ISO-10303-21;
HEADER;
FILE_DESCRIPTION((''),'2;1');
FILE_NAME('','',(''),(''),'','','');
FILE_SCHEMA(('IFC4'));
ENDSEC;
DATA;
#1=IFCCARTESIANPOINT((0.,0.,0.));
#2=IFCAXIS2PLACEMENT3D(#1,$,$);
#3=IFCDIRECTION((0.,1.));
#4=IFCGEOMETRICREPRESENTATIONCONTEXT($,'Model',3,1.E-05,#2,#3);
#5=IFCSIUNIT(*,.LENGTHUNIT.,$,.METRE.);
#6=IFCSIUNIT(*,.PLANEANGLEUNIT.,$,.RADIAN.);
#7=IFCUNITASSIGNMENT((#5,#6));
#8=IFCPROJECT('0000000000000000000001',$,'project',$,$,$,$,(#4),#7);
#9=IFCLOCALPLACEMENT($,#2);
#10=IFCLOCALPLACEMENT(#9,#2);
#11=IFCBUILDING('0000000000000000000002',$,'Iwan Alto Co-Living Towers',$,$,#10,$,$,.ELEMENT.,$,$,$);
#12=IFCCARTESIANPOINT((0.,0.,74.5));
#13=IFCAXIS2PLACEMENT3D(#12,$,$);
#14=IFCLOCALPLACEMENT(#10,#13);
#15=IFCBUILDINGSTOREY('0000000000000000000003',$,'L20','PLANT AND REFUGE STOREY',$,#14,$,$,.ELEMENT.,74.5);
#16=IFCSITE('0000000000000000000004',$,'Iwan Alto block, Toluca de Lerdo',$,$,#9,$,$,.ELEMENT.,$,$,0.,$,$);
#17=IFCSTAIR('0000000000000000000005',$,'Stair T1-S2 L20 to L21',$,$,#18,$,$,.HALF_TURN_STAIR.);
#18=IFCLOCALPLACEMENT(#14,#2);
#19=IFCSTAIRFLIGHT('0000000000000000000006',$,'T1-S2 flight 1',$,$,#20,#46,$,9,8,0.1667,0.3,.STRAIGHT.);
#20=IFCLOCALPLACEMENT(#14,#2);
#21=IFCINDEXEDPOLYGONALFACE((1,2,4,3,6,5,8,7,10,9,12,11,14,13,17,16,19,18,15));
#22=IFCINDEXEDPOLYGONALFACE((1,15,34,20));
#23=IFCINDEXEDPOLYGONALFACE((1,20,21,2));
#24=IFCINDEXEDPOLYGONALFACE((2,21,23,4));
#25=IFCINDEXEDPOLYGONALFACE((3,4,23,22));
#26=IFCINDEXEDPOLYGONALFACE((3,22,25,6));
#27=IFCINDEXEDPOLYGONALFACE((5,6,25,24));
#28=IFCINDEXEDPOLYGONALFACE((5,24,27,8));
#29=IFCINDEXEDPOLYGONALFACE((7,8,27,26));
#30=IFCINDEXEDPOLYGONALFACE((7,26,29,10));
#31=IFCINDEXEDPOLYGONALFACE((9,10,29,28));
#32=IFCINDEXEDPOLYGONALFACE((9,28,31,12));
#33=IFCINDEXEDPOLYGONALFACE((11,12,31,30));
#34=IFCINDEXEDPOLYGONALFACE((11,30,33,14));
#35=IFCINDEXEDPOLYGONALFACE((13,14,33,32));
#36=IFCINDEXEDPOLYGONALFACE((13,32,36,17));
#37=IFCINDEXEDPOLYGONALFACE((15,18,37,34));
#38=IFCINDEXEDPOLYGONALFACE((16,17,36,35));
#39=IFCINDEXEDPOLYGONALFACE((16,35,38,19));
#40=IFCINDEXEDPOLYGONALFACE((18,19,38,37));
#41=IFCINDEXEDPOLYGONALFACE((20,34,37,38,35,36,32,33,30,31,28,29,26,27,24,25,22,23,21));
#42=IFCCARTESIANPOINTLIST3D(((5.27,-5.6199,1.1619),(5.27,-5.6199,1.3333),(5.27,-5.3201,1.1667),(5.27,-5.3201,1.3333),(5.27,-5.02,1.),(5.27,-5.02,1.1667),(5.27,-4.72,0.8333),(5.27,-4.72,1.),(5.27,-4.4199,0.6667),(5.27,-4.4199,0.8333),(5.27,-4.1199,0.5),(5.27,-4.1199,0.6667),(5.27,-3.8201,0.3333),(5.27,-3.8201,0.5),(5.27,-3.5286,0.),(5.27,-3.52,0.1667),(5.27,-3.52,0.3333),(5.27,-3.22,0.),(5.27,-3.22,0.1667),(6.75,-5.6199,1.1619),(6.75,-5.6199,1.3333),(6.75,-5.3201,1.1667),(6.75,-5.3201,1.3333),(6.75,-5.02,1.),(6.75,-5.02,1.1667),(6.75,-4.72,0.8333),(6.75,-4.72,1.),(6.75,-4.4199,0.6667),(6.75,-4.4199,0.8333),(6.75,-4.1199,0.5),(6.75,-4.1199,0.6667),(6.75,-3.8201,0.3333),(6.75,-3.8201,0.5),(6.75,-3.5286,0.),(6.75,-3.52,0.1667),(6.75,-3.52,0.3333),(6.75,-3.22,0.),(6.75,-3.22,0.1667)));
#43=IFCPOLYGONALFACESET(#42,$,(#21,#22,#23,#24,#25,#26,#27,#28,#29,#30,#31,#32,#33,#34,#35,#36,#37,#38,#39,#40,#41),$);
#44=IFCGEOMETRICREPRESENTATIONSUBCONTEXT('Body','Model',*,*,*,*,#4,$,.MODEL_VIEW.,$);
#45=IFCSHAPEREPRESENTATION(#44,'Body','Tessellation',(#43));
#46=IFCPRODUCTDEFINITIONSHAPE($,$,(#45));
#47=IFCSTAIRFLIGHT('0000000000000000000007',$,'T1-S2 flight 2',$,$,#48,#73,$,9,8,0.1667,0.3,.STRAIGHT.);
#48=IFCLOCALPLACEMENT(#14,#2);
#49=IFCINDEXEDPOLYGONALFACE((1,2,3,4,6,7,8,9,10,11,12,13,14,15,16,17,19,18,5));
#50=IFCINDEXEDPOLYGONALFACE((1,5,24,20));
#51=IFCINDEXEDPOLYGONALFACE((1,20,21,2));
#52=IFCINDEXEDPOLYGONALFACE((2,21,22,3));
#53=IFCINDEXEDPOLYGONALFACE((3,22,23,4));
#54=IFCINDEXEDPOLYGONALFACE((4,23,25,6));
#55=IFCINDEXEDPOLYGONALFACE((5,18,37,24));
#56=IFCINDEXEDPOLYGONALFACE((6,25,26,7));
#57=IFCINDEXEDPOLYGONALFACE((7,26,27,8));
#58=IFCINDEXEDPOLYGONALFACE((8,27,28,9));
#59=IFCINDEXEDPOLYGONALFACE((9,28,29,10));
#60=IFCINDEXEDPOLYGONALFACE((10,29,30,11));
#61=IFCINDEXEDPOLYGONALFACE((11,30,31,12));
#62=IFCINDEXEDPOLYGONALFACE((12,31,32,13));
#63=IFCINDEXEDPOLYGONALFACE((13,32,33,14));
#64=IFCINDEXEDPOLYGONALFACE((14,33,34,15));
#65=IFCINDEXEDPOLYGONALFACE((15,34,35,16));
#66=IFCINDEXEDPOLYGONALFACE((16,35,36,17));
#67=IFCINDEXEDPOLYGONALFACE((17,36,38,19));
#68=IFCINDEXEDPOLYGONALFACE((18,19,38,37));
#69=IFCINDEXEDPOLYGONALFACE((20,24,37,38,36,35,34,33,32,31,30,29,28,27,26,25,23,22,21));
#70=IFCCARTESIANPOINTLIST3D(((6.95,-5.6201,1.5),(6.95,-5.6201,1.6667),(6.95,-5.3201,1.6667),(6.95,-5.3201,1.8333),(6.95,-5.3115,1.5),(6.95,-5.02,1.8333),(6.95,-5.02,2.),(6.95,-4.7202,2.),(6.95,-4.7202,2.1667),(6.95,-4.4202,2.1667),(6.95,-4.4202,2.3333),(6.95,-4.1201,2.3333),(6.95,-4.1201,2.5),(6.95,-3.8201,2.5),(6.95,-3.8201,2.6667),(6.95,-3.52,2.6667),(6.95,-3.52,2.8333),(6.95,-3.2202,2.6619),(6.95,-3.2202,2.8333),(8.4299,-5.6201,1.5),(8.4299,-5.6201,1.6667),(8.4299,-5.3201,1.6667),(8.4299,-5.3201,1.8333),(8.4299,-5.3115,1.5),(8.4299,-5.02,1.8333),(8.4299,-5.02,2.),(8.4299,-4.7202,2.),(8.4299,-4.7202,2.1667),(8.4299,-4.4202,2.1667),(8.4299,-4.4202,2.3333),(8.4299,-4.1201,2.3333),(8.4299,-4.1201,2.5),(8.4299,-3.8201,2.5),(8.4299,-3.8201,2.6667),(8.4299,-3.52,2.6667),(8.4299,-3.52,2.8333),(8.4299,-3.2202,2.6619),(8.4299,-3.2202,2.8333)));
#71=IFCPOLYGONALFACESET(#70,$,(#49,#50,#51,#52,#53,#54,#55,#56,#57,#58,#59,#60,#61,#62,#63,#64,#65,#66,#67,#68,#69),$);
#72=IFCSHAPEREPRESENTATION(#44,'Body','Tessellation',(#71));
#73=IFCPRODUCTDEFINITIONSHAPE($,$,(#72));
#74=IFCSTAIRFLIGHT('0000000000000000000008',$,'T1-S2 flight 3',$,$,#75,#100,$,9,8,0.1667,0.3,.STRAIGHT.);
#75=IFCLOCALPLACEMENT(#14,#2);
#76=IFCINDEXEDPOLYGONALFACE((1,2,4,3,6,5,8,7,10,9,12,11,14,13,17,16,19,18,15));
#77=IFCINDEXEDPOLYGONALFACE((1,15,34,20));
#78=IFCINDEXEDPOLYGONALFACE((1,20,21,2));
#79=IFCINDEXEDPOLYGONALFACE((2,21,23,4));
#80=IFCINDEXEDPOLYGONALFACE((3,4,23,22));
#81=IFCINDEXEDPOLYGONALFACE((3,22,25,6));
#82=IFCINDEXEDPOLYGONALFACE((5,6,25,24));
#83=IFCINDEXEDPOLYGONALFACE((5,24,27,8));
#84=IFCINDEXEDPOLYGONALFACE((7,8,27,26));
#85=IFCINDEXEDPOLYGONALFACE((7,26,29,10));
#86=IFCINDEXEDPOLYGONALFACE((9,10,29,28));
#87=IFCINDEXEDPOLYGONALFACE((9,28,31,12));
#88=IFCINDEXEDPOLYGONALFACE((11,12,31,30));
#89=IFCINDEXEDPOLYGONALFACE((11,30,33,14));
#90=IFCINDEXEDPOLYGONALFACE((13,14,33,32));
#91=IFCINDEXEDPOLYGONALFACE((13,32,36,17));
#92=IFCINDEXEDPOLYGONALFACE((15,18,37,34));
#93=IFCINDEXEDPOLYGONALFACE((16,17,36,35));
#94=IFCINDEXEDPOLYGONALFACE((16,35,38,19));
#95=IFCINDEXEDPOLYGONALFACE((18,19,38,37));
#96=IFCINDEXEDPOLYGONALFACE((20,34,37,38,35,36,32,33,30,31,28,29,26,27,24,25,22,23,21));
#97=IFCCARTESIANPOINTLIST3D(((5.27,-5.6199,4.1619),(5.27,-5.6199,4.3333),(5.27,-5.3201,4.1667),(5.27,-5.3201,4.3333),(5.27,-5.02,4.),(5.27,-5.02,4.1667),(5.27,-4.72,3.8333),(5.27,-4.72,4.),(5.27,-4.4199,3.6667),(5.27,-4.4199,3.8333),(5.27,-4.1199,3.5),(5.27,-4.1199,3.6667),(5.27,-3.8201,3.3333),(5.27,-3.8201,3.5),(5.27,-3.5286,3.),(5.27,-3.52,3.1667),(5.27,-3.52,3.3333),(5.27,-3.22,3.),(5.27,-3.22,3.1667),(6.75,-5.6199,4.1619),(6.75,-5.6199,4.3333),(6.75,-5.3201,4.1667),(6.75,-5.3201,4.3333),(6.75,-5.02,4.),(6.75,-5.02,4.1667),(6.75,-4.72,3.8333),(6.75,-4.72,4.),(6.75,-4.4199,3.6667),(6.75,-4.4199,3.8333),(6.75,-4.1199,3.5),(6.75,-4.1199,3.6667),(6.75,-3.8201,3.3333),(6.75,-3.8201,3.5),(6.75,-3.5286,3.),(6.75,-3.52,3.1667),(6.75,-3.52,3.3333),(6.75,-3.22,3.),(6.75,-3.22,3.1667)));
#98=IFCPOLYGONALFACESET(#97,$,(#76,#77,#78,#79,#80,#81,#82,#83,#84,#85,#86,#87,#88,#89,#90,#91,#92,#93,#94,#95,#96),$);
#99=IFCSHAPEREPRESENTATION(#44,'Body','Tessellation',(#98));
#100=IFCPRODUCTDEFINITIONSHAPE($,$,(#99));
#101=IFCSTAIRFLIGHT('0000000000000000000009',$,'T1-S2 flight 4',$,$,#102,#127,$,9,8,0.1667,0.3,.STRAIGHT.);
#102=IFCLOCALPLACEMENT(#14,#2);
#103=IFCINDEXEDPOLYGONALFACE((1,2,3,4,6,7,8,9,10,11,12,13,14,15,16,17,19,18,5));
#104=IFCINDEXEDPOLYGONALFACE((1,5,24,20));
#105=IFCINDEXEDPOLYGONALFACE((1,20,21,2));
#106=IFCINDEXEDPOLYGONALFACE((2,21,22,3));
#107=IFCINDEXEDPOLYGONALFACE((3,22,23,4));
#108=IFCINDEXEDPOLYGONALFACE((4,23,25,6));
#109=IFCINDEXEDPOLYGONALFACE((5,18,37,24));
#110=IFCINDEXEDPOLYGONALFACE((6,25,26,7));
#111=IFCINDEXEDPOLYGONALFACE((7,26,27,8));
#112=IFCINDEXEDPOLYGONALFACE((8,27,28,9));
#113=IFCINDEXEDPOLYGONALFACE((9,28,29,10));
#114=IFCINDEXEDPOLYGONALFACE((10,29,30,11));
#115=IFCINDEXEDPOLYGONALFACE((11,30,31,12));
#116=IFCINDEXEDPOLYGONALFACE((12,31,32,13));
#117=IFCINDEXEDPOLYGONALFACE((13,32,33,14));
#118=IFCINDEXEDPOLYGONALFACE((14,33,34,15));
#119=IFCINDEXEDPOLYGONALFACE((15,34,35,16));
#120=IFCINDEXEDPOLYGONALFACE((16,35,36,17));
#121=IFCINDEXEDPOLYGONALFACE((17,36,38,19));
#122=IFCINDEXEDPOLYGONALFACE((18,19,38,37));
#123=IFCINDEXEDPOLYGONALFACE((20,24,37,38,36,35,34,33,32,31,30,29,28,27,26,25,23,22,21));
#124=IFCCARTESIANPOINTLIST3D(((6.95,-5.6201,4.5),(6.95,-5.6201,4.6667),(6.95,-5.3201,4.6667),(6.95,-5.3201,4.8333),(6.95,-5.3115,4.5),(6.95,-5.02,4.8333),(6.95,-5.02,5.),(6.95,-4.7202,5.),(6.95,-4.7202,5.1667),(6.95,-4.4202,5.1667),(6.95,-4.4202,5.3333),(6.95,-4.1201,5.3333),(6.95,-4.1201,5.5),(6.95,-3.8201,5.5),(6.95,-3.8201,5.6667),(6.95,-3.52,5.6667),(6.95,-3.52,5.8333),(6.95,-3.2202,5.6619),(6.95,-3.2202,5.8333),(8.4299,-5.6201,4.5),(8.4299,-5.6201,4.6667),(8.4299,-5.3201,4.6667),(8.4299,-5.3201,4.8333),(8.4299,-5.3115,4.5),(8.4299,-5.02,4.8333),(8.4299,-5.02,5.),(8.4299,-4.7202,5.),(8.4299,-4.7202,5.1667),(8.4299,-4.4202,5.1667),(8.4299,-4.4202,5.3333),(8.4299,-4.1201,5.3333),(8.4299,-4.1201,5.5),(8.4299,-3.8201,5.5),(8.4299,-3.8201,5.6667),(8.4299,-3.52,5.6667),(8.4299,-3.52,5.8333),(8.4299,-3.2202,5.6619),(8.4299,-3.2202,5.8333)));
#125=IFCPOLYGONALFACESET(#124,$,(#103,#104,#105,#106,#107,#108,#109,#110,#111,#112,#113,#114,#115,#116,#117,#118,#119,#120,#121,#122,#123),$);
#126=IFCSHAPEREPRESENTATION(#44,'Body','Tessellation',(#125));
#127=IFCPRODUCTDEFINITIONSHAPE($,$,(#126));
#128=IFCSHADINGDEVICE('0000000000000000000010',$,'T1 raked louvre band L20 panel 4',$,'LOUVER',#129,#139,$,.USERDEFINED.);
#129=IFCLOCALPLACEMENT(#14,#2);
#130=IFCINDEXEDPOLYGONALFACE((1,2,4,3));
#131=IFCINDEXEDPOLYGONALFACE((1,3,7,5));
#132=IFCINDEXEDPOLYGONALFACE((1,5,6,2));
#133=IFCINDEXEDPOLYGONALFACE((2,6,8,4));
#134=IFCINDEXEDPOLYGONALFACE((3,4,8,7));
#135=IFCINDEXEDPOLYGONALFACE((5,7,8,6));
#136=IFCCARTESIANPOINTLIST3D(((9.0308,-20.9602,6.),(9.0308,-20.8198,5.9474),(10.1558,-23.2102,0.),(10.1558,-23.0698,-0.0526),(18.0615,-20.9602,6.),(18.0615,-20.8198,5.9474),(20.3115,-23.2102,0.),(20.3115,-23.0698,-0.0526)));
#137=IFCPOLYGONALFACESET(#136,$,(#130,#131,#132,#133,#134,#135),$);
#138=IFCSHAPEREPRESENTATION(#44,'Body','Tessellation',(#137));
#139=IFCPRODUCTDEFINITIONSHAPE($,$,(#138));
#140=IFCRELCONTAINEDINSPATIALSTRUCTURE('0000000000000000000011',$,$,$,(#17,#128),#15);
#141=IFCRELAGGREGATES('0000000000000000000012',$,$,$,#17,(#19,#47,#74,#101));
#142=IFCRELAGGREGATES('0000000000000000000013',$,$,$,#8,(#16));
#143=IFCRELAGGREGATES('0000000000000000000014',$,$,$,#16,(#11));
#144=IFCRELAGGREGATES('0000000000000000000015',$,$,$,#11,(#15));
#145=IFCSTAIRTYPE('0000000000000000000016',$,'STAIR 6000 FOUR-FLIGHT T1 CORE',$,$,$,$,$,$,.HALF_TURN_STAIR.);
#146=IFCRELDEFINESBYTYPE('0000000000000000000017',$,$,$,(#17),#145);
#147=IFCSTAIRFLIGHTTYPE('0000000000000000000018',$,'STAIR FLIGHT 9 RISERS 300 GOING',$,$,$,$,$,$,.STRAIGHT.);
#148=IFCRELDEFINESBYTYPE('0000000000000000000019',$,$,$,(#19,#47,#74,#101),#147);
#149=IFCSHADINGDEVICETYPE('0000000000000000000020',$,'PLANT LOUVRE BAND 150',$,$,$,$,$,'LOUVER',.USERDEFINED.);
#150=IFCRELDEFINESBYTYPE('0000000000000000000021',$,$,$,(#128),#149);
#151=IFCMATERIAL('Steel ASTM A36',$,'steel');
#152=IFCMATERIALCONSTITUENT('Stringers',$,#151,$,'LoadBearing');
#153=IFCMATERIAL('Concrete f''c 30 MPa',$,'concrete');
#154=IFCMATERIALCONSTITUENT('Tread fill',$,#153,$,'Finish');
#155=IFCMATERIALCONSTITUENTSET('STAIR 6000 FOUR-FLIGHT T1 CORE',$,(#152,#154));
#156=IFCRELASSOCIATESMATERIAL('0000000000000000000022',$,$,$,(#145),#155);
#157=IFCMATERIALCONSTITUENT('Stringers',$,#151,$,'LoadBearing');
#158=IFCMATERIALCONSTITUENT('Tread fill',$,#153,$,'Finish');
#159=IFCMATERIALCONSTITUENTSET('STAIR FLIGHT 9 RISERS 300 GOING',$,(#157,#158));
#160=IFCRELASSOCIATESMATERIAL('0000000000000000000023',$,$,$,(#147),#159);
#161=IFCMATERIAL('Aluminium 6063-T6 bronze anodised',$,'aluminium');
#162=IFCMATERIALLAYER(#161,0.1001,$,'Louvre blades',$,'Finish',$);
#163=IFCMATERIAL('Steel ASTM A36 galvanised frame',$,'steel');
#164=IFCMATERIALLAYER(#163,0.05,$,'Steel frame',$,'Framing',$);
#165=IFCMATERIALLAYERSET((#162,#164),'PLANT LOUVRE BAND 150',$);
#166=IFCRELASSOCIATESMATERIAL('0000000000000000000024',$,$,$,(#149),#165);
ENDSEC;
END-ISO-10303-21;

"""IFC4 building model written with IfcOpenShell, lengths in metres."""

from ifc_helpers import new_model, si_unit, direction, frame, origin, place, context, subcontext, project, spatial, polyline, outline, extrude, material, layer, layer_set, constituent, constituent_set, type_object, element, aggregate, save


model = new_model("IFC4")

# Units and contexts
model_context = context("Model", 3, precision=1e-05, world=origin(), true_north=direction((0.0, 1.0)))
body_context = subcontext(model_context, "Body", "Model", "MODEL_VIEW")
ifc_project = project(units=[si_unit("LENGTHUNIT", "METRE"), si_unit("PLANEANGLEUNIT", "RADIAN")], contexts=[model_context])

# Site, building, storey
site_placement = place(None, origin())
site = spatial("IfcSite", under=ifc_project, at=site_placement, Name="Iwan Alto block, Toluca de Lerdo", CompositionType="ELEMENT", RefElevation=0.0)
building_placement = place(site_placement, origin())
building = spatial("IfcBuilding", under=site, at=building_placement, Name="Iwan Alto Co-Living Towers", CompositionType="ELEMENT")
storey_placement = place(building_placement, frame((0.0, 0.0, 74.5)))
storey = spatial("IfcBuildingStorey", under=building, at=storey_placement, Name="L20", Description="PLANT AND REFUGE STOREY", CompositionType="ELEMENT", Elevation=74.5)

# Shared definitions
ifc_material_1 = material(Name="Steel ASTM A36", Category="steel")
ifc_material_2 = material(Name="Concrete f'c 30 MPa", Category="concrete")

# Stair, stair flights
ifc_constituent_1 = constituent(ifc_material_1, Name="Stringers", Category="LoadBearing")
ifc_constituent_2 = constituent(ifc_material_2, Name="Tread fill", Category="Finish")
ifc_constituent_set_1 = constituent_set(constituents=[ifc_constituent_1, ifc_constituent_2], Name="STAIR 6000 FOUR-FLIGHT T1 CORE")
stair_type_1 = type_object("IfcStairType", Name="STAIR 6000 FOUR-FLIGHT T1 CORE", PredefinedType="HALF_TURN_STAIR", material=ifc_constituent_set_1)
stair_1_placement = place(storey_placement, origin())
stair_1 = element("IfcStair", 1, at=stair_1_placement, inside=storey, type_object=stair_type_1, Name="Stair T1-S2 L20 to L21", PredefinedType="HALF_TURN_STAIR")
ifc_constituent_3 = constituent(ifc_material_1, Name="Stringers", Category="LoadBearing")
ifc_constituent_4 = constituent(ifc_material_2, Name="Tread fill", Category="Finish")
ifc_constituent_set_2 = constituent_set(constituents=[ifc_constituent_3, ifc_constituent_4], Name="STAIR FLIGHT 9 RISERS 300 GOING")
stair_flight_type = type_object("IfcStairFlightType", Name="STAIR FLIGHT 9 RISERS 300 GOING", PredefinedType="STRAIGHT", material=ifc_constituent_set_2)
stair_flight_1_placement = place(storey_placement, frame((6.01, -3.22, 0.0), z_axis=(0.0, 0.0, 1.0), x_axis=(0.0, -1.0, 0.0)))
stair_flight_1 = element("IfcStairFlight", 2, at=stair_flight_1_placement, type_object=stair_flight_type, Name="T1-S2 flight 1", NumberOfRisers=9, NumberOfTreads=8, PredefinedType="STRAIGHT", RiserHeight=0.1667, TreadLength=0.3, context=body_context, shape_type="SweptSolid", body=[
    extrude(outline(polyline([(0.0, 0.0), (0.0, 0.1667), (0.3, 0.1667), (0.3, 0.3333), (0.6001, 0.3333), (0.6001, 0.5), (0.8999, 0.5), (0.8999, 0.6667), (1.2, 0.6667), (1.2, 0.8333), (1.5, 0.8333), (1.5, 1.0), (1.8, 1.0), (1.8, 1.1667), (2.1001, 1.1667), (2.1001, 1.3333), (2.3999, 1.3333), (2.3999, 1.5), (2.3999, 1.1619), (0.3086, 0.0), (0.0, 0.0)])), frame((0.0, 0.74, 0.0), z_axis=(0.0, -1.0, 0.0), x_axis=(1.0, 0.0, 0.0)), (0.0, 0.0, 1.0), 1.48),
])
stair_flight_2_placement = place(storey_placement, frame((7.6899, -5.6201, 1.5), z_axis=(0.0, 0.0, 1.0), x_axis=(0.0, 1.0, 0.0)))
stair_flight_2 = element("IfcStairFlight", 3, at=stair_flight_2_placement, type_object=stair_flight_type, Name="T1-S2 flight 2", NumberOfRisers=9, NumberOfTreads=8, PredefinedType="STRAIGHT", RiserHeight=0.1667, TreadLength=0.3, context=body_context, shape_type="SweptSolid", body=[
    extrude(outline(polyline([(0.0, 0.0), (0.0, 0.1667), (0.3, 0.1667), (0.3, 0.3333), (0.6001, 0.3333), (0.6001, 0.5), (0.8999, 0.5), (0.8999, 0.6667), (1.2, 0.6667), (1.2, 0.8333), (1.5, 0.8333), (1.5, 1.0), (1.8, 1.0), (1.8, 1.1667), (2.1001, 1.1667), (2.1001, 1.3333), (2.3999, 1.3333), (2.3999, 1.5), (2.3999, 1.1619), (0.3086, 0.0), (0.0, 0.0)])), frame((0.0, 0.74, 0.0), z_axis=(0.0, -1.0, 0.0), x_axis=(1.0, 0.0, 0.0)), (0.0, 0.0, 1.0), 1.48),
])
stair_flight_3_placement = place(storey_placement, frame((6.01, -3.22, 3.0), z_axis=(0.0, 0.0, 1.0), x_axis=(0.0, -1.0, 0.0)))
stair_flight_3 = element("IfcStairFlight", 4, at=stair_flight_3_placement, type_object=stair_flight_type, Name="T1-S2 flight 3", NumberOfRisers=9, NumberOfTreads=8, PredefinedType="STRAIGHT", RiserHeight=0.1667, TreadLength=0.3, context=body_context, shape_type="SweptSolid", body=[
    extrude(outline(polyline([(0.0, 0.0), (0.0, 0.1667), (0.3, 0.1667), (0.3, 0.3333), (0.6001, 0.3333), (0.6001, 0.5), (0.8999, 0.5), (0.8999, 0.6667), (1.2, 0.6667), (1.2, 0.8333), (1.5, 0.8333), (1.5, 1.0), (1.8, 1.0), (1.8, 1.1667), (2.1001, 1.1667), (2.1001, 1.3333), (2.3999, 1.3333), (2.3999, 1.5), (2.3999, 1.1619), (0.3086, 0.0), (0.0, 0.0)])), frame((0.0, 0.74, 0.0), z_axis=(0.0, -1.0, 0.0), x_axis=(1.0, 0.0, 0.0)), (0.0, 0.0, 1.0), 1.48),
])
stair_flight_4_placement = place(storey_placement, frame((7.6899, -5.6201, 4.5), z_axis=(0.0, 0.0, 1.0), x_axis=(0.0, 1.0, 0.0)))
stair_flight_4 = element("IfcStairFlight", 5, at=stair_flight_4_placement, type_object=stair_flight_type, Name="T1-S2 flight 4", NumberOfRisers=9, NumberOfTreads=8, PredefinedType="STRAIGHT", RiserHeight=0.1667, TreadLength=0.3, context=body_context, shape_type="SweptSolid", body=[
    extrude(outline(polyline([(0.0, 0.0), (0.0, 0.1667), (0.3, 0.1667), (0.3, 0.3333), (0.6001, 0.3333), (0.6001, 0.5), (0.8999, 0.5), (0.8999, 0.6667), (1.2, 0.6667), (1.2, 0.8333), (1.5, 0.8333), (1.5, 1.0), (1.8, 1.0), (1.8, 1.1667), (2.1001, 1.1667), (2.1001, 1.3333), (2.3999, 1.3333), (2.3999, 1.5), (2.3999, 1.1619), (0.3086, 0.0), (0.0, 0.0)])), frame((0.0, 0.74, 0.0), z_axis=(0.0, -1.0, 0.0), x_axis=(1.0, 0.0, 0.0)), (0.0, 0.0, 1.0), 1.48),
])
aggregate(stair_1, [stair_flight_1, stair_flight_2, stair_flight_3, stair_flight_4])

# Shading device
ifc_material_3 = material(Name="Aluminium 6063-T6 bronze anodised", Category="aluminium")
ifc_layer_1 = layer(ifc_material_3, 0.1001, Name="Louvre blades", Category="Finish")
ifc_material_4 = material(Name="Steel ASTM A36 galvanised frame", Category="steel")
ifc_layer_2 = layer(ifc_material_4, 0.05, Name="Steel frame", Category="Framing")
ifc_layer_set_1 = layer_set([ifc_layer_1, ifc_layer_2], Name="PLANT LOUVRE BAND 150")
shading_device_type = type_object("IfcShadingDeviceType", Name="PLANT LOUVRE BAND 150", ElementType="LOUVER", PredefinedType="USERDEFINED", material=ifc_layer_set_1)
shading_device_placement = place(storey_placement, frame((10.1558, -23.2102, 0.0), z_axis=(0.0, -0.936329, 0.351123), x_axis=(1.0, 0.0, 0.0)))
element("IfcShadingDevice", 6, at=shading_device_placement, inside=storey, type_object=shading_device_type, Name="T1 raked louvre band L20 panel 4", ObjectType="LOUVER", PredefinedType="USERDEFINED", context=body_context, shape_type="SweptSolid", body=[
    extrude(outline(polyline([(0.0, 0.0), (10.1558, 0.0), (7.9058, 6.408), (-1.125, 6.408), (0.0, 0.0)])), origin(), (0.0, 0.0, -1.0), 0.1499),
])

save(model, "model.ifc")
